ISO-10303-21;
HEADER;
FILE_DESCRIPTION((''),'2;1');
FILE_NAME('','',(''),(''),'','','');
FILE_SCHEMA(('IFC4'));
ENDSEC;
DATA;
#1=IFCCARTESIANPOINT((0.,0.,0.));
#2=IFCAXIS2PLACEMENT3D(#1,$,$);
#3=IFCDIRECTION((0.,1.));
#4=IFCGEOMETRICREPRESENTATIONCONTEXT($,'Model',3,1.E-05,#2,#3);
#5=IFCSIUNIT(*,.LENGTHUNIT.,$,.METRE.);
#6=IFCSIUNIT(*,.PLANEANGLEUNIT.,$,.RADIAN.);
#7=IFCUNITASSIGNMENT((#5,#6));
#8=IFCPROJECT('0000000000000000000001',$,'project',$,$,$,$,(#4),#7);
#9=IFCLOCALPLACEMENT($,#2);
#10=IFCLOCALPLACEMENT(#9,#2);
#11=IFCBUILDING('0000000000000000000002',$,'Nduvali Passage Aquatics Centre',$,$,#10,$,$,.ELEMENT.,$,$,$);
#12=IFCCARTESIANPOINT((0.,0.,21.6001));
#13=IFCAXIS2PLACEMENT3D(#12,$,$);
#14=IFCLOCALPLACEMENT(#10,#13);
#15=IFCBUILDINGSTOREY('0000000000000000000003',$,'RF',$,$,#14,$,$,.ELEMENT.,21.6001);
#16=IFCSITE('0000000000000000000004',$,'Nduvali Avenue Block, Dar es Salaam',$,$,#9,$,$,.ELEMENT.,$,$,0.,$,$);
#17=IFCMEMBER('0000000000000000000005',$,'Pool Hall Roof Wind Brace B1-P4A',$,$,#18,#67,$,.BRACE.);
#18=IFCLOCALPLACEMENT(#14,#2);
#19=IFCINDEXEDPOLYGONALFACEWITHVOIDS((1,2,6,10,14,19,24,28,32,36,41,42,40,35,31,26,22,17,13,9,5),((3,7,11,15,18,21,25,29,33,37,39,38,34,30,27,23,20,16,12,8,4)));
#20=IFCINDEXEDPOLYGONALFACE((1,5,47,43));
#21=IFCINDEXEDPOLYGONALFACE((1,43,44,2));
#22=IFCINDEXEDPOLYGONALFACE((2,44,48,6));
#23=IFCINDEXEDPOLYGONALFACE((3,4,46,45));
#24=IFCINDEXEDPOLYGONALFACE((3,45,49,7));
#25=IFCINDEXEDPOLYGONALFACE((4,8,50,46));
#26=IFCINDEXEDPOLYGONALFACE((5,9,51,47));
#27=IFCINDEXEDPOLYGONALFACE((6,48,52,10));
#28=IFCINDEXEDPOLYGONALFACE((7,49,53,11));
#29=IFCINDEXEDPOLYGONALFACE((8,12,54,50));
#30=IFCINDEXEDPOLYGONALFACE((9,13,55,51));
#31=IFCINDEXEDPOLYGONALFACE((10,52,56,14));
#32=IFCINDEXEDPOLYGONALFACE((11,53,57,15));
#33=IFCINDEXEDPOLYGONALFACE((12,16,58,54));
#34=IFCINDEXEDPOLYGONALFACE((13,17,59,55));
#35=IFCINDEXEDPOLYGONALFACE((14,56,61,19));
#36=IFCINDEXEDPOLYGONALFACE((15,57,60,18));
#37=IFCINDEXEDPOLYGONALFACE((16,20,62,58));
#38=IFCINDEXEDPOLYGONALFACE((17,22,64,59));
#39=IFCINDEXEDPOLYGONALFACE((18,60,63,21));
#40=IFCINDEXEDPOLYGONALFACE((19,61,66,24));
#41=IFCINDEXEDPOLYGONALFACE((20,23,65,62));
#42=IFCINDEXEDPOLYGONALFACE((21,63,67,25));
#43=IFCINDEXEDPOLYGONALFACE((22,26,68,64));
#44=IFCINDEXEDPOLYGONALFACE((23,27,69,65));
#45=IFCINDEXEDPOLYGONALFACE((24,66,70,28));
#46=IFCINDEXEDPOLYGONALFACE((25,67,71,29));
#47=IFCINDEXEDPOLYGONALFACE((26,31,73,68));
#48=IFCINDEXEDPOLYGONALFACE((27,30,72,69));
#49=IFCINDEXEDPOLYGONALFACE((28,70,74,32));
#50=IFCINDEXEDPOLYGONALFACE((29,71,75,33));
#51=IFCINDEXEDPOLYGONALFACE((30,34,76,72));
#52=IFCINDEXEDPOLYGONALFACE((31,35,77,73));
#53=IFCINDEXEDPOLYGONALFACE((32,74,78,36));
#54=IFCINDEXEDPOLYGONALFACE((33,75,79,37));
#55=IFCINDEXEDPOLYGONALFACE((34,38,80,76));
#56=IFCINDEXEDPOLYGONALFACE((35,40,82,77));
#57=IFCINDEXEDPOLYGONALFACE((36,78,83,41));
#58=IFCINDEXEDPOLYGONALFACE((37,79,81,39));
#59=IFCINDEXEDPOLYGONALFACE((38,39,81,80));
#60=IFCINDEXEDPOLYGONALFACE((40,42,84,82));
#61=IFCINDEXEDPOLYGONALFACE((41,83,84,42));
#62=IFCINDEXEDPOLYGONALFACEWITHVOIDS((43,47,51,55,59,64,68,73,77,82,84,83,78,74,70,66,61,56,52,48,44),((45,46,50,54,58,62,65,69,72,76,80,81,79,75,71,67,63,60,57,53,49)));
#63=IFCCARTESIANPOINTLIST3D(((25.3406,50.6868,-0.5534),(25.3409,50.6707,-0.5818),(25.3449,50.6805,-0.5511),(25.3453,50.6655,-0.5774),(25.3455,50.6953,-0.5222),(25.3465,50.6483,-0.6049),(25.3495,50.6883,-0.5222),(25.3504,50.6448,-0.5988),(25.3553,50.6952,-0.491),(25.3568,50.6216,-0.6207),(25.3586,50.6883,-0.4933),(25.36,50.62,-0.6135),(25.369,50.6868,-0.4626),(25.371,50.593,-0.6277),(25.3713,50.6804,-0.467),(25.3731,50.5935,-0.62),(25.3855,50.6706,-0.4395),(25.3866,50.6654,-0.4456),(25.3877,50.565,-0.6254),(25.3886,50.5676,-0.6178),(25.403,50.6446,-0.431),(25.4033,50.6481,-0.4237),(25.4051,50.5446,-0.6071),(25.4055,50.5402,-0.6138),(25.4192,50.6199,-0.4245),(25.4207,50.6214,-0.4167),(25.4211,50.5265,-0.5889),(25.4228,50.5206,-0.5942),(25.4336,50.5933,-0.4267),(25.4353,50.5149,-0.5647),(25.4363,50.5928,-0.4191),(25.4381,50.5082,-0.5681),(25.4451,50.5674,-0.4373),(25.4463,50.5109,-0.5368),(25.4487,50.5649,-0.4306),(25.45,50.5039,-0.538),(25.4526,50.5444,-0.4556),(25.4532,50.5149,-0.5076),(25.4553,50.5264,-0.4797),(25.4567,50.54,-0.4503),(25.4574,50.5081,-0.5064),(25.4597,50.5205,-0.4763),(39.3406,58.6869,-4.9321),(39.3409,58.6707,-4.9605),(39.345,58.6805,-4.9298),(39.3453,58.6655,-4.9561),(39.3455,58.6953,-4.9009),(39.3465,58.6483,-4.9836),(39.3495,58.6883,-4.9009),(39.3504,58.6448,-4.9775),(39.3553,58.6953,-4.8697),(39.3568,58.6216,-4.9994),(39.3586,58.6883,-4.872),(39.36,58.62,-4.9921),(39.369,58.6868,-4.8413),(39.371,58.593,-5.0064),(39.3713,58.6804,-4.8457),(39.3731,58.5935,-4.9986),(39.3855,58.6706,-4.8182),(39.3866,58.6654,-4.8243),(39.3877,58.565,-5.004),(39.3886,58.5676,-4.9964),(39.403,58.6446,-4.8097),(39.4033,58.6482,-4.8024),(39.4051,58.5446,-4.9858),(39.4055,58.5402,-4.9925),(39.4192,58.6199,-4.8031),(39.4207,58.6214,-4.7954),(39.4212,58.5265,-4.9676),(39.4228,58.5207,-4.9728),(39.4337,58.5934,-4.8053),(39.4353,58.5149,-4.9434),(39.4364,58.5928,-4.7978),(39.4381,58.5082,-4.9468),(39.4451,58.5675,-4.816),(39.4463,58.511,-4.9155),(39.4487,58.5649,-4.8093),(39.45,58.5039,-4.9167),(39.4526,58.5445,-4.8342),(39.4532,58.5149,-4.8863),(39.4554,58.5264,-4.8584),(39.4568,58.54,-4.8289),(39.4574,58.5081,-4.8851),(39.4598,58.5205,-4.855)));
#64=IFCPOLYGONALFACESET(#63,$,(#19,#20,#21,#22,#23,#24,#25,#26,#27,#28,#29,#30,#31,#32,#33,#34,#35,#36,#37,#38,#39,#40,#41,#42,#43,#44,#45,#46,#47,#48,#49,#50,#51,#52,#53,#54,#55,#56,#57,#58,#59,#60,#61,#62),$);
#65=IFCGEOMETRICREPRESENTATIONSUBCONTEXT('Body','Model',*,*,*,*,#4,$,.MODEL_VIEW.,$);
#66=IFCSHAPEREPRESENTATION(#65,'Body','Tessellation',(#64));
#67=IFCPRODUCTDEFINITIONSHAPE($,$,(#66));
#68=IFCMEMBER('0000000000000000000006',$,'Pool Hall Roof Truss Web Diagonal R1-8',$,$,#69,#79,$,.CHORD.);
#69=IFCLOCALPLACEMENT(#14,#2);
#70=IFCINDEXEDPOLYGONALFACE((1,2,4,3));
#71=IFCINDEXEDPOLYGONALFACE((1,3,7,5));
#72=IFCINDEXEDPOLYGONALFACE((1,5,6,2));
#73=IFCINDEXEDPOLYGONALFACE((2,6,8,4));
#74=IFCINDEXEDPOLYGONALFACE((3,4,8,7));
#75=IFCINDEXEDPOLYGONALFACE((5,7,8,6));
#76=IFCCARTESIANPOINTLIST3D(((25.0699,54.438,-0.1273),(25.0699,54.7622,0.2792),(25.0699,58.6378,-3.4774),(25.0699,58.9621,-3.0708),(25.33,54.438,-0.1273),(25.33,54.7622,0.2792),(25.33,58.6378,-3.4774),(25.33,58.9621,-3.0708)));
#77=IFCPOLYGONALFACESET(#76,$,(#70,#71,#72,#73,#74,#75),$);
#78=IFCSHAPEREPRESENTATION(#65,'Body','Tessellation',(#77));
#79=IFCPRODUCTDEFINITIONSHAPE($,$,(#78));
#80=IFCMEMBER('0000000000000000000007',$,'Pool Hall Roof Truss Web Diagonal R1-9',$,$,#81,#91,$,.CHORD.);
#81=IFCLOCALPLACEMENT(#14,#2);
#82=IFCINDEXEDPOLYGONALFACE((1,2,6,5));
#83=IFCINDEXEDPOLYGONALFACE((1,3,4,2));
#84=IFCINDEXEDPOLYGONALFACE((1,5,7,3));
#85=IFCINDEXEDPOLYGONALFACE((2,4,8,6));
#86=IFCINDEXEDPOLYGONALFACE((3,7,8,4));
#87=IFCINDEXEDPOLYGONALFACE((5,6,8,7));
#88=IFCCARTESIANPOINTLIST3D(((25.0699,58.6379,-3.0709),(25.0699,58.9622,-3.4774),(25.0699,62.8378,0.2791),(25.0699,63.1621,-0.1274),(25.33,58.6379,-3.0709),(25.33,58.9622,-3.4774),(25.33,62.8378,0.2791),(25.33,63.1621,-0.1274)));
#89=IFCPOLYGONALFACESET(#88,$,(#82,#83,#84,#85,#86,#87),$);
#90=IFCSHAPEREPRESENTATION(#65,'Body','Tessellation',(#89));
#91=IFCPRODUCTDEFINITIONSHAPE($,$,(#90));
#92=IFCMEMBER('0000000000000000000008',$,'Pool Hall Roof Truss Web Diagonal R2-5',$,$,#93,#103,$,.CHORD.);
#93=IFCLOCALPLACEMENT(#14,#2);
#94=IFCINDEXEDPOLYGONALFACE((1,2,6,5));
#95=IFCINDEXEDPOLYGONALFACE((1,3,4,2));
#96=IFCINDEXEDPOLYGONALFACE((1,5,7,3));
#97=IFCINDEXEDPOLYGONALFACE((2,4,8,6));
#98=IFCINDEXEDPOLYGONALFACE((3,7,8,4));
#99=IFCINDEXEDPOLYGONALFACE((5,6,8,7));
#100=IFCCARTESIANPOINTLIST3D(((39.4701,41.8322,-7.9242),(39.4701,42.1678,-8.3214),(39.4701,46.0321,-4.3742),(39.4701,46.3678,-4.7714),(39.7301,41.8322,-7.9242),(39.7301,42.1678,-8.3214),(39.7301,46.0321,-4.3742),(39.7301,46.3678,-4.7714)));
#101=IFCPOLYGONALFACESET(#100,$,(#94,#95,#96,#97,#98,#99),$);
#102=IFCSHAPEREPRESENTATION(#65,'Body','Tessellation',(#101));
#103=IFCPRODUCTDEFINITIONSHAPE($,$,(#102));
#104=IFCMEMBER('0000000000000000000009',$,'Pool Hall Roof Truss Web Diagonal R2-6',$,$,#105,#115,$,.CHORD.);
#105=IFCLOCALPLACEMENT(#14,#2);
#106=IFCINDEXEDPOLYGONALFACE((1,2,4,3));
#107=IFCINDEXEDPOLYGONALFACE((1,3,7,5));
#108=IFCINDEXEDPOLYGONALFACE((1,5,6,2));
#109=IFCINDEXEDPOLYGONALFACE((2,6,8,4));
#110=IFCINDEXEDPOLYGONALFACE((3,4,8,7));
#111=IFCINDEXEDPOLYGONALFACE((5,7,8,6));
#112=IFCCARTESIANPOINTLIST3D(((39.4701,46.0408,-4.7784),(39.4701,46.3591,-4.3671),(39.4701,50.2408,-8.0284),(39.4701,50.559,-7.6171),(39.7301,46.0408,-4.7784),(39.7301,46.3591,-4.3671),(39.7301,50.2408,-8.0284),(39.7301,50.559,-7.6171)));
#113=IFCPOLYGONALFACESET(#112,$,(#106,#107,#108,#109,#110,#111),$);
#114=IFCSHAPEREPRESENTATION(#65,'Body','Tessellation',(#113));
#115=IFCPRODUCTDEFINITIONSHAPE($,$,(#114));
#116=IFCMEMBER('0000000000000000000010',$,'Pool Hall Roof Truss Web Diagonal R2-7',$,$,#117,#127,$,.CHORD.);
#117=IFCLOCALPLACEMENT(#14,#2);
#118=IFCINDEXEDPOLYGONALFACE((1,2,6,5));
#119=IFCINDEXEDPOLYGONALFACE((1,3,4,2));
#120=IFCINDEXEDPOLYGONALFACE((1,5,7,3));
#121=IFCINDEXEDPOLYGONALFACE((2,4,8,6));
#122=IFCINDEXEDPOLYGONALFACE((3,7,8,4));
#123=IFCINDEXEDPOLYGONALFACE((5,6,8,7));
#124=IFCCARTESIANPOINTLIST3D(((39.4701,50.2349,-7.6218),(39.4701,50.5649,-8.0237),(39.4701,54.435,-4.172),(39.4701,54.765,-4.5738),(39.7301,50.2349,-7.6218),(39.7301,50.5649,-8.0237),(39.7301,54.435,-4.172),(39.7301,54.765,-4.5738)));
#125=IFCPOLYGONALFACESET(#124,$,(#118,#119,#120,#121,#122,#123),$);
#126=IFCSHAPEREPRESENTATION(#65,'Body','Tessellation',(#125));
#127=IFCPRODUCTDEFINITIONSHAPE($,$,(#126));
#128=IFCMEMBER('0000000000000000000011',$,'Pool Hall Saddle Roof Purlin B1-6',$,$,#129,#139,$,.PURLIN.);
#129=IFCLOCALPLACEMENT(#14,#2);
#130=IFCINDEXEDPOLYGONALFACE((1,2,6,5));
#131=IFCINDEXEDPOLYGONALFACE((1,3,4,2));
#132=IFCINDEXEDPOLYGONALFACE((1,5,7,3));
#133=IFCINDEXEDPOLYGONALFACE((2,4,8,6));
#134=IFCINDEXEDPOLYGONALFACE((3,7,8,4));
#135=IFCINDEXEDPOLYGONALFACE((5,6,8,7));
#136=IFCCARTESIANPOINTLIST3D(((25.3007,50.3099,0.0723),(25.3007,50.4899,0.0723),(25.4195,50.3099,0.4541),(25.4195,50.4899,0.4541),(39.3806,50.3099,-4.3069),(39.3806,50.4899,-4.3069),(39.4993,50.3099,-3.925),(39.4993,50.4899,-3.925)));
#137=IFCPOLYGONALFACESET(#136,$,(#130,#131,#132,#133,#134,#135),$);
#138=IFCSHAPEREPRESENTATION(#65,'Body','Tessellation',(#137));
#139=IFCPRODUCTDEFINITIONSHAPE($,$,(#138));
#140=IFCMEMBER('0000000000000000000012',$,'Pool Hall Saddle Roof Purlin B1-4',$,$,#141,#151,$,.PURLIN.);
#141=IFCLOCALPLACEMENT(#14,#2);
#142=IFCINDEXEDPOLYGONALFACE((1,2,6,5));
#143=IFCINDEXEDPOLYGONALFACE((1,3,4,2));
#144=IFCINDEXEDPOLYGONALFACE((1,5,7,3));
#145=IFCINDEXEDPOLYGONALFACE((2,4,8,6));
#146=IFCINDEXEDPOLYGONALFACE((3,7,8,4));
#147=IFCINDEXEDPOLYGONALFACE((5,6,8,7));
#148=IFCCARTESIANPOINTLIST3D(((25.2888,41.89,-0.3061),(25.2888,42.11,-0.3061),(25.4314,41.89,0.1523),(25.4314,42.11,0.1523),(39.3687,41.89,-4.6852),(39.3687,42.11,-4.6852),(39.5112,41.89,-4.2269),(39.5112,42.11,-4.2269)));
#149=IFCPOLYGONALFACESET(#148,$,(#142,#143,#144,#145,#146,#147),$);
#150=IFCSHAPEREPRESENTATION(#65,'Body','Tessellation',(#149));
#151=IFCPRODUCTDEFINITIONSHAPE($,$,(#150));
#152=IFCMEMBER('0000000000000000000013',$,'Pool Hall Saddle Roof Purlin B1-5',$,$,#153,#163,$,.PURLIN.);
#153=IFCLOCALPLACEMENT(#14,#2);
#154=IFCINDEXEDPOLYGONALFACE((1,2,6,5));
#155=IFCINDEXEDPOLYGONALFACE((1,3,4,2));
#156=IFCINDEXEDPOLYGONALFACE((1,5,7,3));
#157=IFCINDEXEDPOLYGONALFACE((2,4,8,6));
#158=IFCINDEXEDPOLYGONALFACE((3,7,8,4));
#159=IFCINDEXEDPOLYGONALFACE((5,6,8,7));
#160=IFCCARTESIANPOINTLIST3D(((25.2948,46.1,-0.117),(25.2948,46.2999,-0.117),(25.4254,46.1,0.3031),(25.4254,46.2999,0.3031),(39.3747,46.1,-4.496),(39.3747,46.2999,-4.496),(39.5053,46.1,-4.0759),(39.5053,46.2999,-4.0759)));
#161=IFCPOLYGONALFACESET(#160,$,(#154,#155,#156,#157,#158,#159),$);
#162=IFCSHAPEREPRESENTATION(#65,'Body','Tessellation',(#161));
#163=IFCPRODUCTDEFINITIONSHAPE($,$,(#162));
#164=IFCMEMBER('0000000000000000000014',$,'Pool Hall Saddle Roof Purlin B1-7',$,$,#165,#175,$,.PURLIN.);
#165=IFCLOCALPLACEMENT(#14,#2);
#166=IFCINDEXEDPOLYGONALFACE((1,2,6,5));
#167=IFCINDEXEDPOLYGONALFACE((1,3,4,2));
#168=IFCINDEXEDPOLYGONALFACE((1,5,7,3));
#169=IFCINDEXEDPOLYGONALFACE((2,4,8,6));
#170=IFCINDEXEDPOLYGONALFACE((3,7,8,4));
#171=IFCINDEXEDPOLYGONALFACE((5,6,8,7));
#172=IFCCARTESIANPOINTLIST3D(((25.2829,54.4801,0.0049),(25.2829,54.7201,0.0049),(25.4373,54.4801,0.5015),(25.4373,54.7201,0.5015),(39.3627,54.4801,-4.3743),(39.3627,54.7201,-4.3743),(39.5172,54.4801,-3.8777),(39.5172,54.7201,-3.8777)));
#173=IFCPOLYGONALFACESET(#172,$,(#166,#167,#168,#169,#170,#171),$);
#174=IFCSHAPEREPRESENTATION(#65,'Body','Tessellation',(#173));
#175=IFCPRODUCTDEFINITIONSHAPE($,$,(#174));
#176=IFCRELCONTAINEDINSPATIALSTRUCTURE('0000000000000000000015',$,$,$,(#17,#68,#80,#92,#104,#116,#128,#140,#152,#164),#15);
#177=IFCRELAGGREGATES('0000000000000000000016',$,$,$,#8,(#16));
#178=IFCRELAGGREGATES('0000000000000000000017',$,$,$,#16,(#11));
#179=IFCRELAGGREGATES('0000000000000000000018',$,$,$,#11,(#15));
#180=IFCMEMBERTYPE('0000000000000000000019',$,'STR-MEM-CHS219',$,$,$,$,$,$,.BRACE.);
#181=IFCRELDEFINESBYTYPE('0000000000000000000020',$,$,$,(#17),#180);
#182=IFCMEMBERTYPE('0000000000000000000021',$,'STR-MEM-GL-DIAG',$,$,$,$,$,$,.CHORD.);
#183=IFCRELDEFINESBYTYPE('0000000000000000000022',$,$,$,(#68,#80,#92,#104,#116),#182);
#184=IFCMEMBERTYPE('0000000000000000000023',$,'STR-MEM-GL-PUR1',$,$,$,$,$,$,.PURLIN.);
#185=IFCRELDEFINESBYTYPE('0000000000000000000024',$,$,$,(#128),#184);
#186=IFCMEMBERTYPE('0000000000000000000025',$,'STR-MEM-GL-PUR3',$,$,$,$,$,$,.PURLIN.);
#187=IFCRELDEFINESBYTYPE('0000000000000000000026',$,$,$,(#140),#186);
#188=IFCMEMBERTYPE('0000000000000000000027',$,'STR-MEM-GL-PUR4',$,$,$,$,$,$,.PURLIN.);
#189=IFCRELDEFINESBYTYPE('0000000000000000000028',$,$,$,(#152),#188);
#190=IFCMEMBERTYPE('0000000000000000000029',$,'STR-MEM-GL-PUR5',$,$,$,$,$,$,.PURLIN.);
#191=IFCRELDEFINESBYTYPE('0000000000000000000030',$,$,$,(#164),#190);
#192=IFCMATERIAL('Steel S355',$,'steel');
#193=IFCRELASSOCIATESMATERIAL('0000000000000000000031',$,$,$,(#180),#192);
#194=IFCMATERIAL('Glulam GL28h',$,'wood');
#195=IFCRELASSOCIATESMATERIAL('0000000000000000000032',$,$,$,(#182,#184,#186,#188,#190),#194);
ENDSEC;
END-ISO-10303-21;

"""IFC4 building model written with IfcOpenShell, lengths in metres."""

from ifc_helpers import new_model, si_unit, direction, frame, origin, origin_2d, place, context, subcontext, project, spatial, rectangle, hollow_circle, extrude, material, material_profile, profile_set, type_object, element, save


model = new_model("IFC4")

# Units and contexts
model_context = context("Model", 3, precision=1e-05, world=origin(), true_north=direction((0.0, 1.0)))
body_context = subcontext(model_context, "Body", "Model", "MODEL_VIEW")
ifc_project = project(units=[si_unit("LENGTHUNIT", "METRE"), si_unit("PLANEANGLEUNIT", "RADIAN")], contexts=[model_context])

# Site, building, storey
site_placement = place(None, origin())
site = spatial("IfcSite", under=ifc_project, at=site_placement, Name="Nduvali Avenue Block, Dar es Salaam", CompositionType="ELEMENT", RefElevation=0.0)
building_placement = place(site_placement, origin())
building = spatial("IfcBuilding", under=site, at=building_placement, Name="Nduvali Passage Aquatics Centre", CompositionType="ELEMENT")
storey_placement = place(building_placement, frame((0.0, 0.0, 21.6001)))
storey = spatial("IfcBuildingStorey", under=building, at=storey_placement, Name="RF", CompositionType="ELEMENT", Elevation=21.6001)

# Members
ifc_material_1 = material(Name="Steel S355", Category="steel")
ifc_material_profile_1 = material_profile(ifc_material_1, hollow_circle(Radius=0.1096, WallThickness=0.0081, at=origin_2d()), Name="CHS 219.1x8.0")
ifc_profile_set_1 = profile_set([ifc_material_profile_1], Name="Steel S355")
member_type_1 = type_object("IfcMemberType", Name="STR-MEM-CHS219", PredefinedType="BRACE", material=ifc_profile_set_1)
member_1_placement = place(storey_placement, frame((25.3999, 50.6001, -0.5222), z_axis=(0.837899, 0.478799, -0.262063), x_axis=(-0.496139, 0.868243, 0.0)))
element("IfcMember", 1, at=member_1_placement, inside=storey, type_object=member_type_1, Name="Pool Hall Roof Wind Brace B1-P4A", PredefinedType="BRACE", context=body_context, shape_type="SweptSolid", body=[
    extrude(hollow_circle(Radius=0.1096, WallThickness=0.0081, at=origin_2d()), origin(), (0.0, 0.0, 1.0), 16.7085),
])
ifc_material_2 = material(Name="Glulam GL28h", Category="wood")
ifc_material_profile_2 = material_profile(ifc_material_2, rectangle(XDim=0.26, YDim=0.52, at=origin_2d()), Name="GL28h 260x520")
ifc_profile_set_2 = profile_set([ifc_material_profile_2], Name="Glulam GL28h")
member_type_2 = type_object("IfcMemberType", Name="STR-MEM-GL-DIAG", PredefinedType="CHORD", material=ifc_profile_set_2)
for number, where, z_axis, x_axis, name in (
    (2, (25.2, 54.6001, 0.0759), (0.0, 0.781764, -0.623575), (-1.0, 0.0, 0.0), "Pool Hall Roof Truss Web Diagonal R1-8"),
    (3, (25.2, 58.8, -3.2742), (0.0, 0.781764, 0.623575), (-1.0, 0.0, 0.0), "Pool Hall Roof Truss Web Diagonal R1-9"),
):
    element("IfcMember", number, at=place(storey_placement, frame(where, z_axis=z_axis, x_axis=x_axis)), inside=storey, type_object=member_type_2, Name=name, PredefinedType="CHORD", context=body_context, shape_type="SweptSolid", body=[
        extrude(rectangle(XDim=0.26, YDim=0.52, at=origin_2d()), origin(), (0.0, 0.0, 1.0), 5.3723),
    ])
member_2_placement = place(storey_placement, frame((39.6001, 42.0, -8.1228), z_axis=(0.0, 0.763723, 0.645544), x_axis=(-1.0, 0.0, 0.0)))
element("IfcMember", 4, at=member_2_placement, inside=storey, type_object=member_type_2, Name="Pool Hall Roof Truss Web Diagonal R2-5", PredefinedType="CHORD", context=body_context, shape_type="SweptSolid", body=[
    extrude(rectangle(XDim=0.26, YDim=0.52, at=origin_2d()), origin(), (0.0, 0.0, 1.0), 5.4993),
])
member_3_placement = place(storey_placement, frame((39.6001, 46.2, -4.5728), z_axis=(0.0, 0.790867, -0.611988), x_axis=(-1.0, 0.0, 0.0)))
element("IfcMember", 5, at=member_3_placement, inside=storey, type_object=member_type_2, Name="Pool Hall Roof Truss Web Diagonal R2-6", PredefinedType="CHORD", context=body_context, shape_type="SweptSolid", body=[
    extrude(rectangle(XDim=0.26, YDim=0.52, at=origin_2d()), origin(), (0.0, 0.0, 1.0), 5.3105),
])
member_4_placement = place(storey_placement, frame((39.6001, 50.3999, -7.8228), z_axis=(0.0, 0.772745, 0.634716), x_axis=(-1.0, 0.0, 0.0)))
element("IfcMember", 6, at=member_4_placement, inside=storey, type_object=member_type_2, Name="Pool Hall Roof Truss Web Diagonal R2-7", PredefinedType="CHORD", context=body_context, shape_type="SweptSolid", body=[
    extrude(rectangle(XDim=0.26, YDim=0.52, at=origin_2d()), origin(), (0.0, 0.0, 1.0), 5.4353),
])
ifc_material_profile_3 = material_profile(ifc_material_2, rectangle(XDim=0.1799, YDim=0.3999, at=origin_2d()), Name="GL28h 180x400")
ifc_profile_set_3 = profile_set([ifc_material_profile_3], Name="Glulam GL28h")
member_type_3 = type_object("IfcMemberType", Name="STR-MEM-GL-PUR1", PredefinedType="PURLIN", material=ifc_profile_set_3)
member_5_placement = place(storey_placement, frame((25.3601, 50.3999, 0.2632), z_axis=(0.954881, 0.0, -0.29699), x_axis=(0.0, 1.0, 0.0)))
element("IfcMember", 7, at=member_5_placement, inside=storey, type_object=member_type_3, Name="Pool Hall Saddle Roof Purlin B1-6", PredefinedType="PURLIN", context=body_context, shape_type="SweptSolid", body=[
    extrude(rectangle(XDim=0.1799, YDim=0.3999, at=origin_2d()), origin(), (0.0, 0.0, 1.0), 14.7451),
])
ifc_material_profile_4 = material_profile(ifc_material_2, rectangle(XDim=0.22, YDim=0.48, at=origin_2d()), Name="GL28h 220x480")
ifc_profile_set_4 = profile_set([ifc_material_profile_4], Name="Glulam GL28h")
member_type_4 = type_object("IfcMemberType", Name="STR-MEM-GL-PUR3", PredefinedType="PURLIN", material=ifc_profile_set_4)
member_6_placement = place(storey_placement, frame((25.3601, 42.0, -0.0769), z_axis=(0.954881, 0.0, -0.29699), x_axis=(0.0, 1.0, 0.0)))
element("IfcMember", 8, at=member_6_placement, inside=storey, type_object=member_type_4, Name="Pool Hall Saddle Roof Purlin B1-4", PredefinedType="PURLIN", context=body_context, shape_type="SweptSolid", body=[
    extrude(rectangle(XDim=0.22, YDim=0.48, at=origin_2d()), origin(), (0.0, 0.0, 1.0), 14.7451),
])
ifc_material_profile_5 = material_profile(ifc_material_2, rectangle(XDim=0.2, YDim=0.4399, at=origin_2d()), Name="GL28h 200x440")
ifc_profile_set_5 = profile_set([ifc_material_profile_5], Name="Glulam GL28h")
member_type_5 = type_object("IfcMemberType", Name="STR-MEM-GL-PUR4", PredefinedType="PURLIN", material=ifc_profile_set_5)
member_7_placement = place(storey_placement, frame((25.3601, 46.2, 0.093), z_axis=(0.954885, 0.0, -0.296975), x_axis=(0.0, 1.0, 0.0)))
element("IfcMember", 9, at=member_7_placement, inside=storey, type_object=member_type_5, Name="Pool Hall Saddle Roof Purlin B1-5", PredefinedType="PURLIN", context=body_context, shape_type="SweptSolid", body=[
    extrude(rectangle(XDim=0.2, YDim=0.4399, at=origin_2d()), origin(), (0.0, 0.0, 1.0), 14.7451),
])
ifc_material_profile_6 = material_profile(ifc_material_2, rectangle(XDim=0.24, YDim=0.52, at=origin_2d()), Name="GL28h 240x520")
ifc_profile_set_6 = profile_set([ifc_material_profile_6], Name="Glulam GL28h")
member_type_6 = type_object("IfcMemberType", Name="STR-MEM-GL-PUR5", PredefinedType="PURLIN", material=ifc_profile_set_6)
member_8_placement = place(storey_placement, frame((25.3601, 54.6001, 0.2532), z_axis=(0.954881, 0.0, -0.29699), x_axis=(0.0, 1.0, 0.0)))
element("IfcMember", 10, at=member_8_placement, inside=storey, type_object=member_type_6, Name="Pool Hall Saddle Roof Purlin B1-7", PredefinedType="PURLIN", context=body_context, shape_type="SweptSolid", body=[
    extrude(rectangle(XDim=0.24, YDim=0.52, at=origin_2d()), origin(), (0.0, 0.0, 1.0), 14.7451),
])

save(model, "model.ifc")
